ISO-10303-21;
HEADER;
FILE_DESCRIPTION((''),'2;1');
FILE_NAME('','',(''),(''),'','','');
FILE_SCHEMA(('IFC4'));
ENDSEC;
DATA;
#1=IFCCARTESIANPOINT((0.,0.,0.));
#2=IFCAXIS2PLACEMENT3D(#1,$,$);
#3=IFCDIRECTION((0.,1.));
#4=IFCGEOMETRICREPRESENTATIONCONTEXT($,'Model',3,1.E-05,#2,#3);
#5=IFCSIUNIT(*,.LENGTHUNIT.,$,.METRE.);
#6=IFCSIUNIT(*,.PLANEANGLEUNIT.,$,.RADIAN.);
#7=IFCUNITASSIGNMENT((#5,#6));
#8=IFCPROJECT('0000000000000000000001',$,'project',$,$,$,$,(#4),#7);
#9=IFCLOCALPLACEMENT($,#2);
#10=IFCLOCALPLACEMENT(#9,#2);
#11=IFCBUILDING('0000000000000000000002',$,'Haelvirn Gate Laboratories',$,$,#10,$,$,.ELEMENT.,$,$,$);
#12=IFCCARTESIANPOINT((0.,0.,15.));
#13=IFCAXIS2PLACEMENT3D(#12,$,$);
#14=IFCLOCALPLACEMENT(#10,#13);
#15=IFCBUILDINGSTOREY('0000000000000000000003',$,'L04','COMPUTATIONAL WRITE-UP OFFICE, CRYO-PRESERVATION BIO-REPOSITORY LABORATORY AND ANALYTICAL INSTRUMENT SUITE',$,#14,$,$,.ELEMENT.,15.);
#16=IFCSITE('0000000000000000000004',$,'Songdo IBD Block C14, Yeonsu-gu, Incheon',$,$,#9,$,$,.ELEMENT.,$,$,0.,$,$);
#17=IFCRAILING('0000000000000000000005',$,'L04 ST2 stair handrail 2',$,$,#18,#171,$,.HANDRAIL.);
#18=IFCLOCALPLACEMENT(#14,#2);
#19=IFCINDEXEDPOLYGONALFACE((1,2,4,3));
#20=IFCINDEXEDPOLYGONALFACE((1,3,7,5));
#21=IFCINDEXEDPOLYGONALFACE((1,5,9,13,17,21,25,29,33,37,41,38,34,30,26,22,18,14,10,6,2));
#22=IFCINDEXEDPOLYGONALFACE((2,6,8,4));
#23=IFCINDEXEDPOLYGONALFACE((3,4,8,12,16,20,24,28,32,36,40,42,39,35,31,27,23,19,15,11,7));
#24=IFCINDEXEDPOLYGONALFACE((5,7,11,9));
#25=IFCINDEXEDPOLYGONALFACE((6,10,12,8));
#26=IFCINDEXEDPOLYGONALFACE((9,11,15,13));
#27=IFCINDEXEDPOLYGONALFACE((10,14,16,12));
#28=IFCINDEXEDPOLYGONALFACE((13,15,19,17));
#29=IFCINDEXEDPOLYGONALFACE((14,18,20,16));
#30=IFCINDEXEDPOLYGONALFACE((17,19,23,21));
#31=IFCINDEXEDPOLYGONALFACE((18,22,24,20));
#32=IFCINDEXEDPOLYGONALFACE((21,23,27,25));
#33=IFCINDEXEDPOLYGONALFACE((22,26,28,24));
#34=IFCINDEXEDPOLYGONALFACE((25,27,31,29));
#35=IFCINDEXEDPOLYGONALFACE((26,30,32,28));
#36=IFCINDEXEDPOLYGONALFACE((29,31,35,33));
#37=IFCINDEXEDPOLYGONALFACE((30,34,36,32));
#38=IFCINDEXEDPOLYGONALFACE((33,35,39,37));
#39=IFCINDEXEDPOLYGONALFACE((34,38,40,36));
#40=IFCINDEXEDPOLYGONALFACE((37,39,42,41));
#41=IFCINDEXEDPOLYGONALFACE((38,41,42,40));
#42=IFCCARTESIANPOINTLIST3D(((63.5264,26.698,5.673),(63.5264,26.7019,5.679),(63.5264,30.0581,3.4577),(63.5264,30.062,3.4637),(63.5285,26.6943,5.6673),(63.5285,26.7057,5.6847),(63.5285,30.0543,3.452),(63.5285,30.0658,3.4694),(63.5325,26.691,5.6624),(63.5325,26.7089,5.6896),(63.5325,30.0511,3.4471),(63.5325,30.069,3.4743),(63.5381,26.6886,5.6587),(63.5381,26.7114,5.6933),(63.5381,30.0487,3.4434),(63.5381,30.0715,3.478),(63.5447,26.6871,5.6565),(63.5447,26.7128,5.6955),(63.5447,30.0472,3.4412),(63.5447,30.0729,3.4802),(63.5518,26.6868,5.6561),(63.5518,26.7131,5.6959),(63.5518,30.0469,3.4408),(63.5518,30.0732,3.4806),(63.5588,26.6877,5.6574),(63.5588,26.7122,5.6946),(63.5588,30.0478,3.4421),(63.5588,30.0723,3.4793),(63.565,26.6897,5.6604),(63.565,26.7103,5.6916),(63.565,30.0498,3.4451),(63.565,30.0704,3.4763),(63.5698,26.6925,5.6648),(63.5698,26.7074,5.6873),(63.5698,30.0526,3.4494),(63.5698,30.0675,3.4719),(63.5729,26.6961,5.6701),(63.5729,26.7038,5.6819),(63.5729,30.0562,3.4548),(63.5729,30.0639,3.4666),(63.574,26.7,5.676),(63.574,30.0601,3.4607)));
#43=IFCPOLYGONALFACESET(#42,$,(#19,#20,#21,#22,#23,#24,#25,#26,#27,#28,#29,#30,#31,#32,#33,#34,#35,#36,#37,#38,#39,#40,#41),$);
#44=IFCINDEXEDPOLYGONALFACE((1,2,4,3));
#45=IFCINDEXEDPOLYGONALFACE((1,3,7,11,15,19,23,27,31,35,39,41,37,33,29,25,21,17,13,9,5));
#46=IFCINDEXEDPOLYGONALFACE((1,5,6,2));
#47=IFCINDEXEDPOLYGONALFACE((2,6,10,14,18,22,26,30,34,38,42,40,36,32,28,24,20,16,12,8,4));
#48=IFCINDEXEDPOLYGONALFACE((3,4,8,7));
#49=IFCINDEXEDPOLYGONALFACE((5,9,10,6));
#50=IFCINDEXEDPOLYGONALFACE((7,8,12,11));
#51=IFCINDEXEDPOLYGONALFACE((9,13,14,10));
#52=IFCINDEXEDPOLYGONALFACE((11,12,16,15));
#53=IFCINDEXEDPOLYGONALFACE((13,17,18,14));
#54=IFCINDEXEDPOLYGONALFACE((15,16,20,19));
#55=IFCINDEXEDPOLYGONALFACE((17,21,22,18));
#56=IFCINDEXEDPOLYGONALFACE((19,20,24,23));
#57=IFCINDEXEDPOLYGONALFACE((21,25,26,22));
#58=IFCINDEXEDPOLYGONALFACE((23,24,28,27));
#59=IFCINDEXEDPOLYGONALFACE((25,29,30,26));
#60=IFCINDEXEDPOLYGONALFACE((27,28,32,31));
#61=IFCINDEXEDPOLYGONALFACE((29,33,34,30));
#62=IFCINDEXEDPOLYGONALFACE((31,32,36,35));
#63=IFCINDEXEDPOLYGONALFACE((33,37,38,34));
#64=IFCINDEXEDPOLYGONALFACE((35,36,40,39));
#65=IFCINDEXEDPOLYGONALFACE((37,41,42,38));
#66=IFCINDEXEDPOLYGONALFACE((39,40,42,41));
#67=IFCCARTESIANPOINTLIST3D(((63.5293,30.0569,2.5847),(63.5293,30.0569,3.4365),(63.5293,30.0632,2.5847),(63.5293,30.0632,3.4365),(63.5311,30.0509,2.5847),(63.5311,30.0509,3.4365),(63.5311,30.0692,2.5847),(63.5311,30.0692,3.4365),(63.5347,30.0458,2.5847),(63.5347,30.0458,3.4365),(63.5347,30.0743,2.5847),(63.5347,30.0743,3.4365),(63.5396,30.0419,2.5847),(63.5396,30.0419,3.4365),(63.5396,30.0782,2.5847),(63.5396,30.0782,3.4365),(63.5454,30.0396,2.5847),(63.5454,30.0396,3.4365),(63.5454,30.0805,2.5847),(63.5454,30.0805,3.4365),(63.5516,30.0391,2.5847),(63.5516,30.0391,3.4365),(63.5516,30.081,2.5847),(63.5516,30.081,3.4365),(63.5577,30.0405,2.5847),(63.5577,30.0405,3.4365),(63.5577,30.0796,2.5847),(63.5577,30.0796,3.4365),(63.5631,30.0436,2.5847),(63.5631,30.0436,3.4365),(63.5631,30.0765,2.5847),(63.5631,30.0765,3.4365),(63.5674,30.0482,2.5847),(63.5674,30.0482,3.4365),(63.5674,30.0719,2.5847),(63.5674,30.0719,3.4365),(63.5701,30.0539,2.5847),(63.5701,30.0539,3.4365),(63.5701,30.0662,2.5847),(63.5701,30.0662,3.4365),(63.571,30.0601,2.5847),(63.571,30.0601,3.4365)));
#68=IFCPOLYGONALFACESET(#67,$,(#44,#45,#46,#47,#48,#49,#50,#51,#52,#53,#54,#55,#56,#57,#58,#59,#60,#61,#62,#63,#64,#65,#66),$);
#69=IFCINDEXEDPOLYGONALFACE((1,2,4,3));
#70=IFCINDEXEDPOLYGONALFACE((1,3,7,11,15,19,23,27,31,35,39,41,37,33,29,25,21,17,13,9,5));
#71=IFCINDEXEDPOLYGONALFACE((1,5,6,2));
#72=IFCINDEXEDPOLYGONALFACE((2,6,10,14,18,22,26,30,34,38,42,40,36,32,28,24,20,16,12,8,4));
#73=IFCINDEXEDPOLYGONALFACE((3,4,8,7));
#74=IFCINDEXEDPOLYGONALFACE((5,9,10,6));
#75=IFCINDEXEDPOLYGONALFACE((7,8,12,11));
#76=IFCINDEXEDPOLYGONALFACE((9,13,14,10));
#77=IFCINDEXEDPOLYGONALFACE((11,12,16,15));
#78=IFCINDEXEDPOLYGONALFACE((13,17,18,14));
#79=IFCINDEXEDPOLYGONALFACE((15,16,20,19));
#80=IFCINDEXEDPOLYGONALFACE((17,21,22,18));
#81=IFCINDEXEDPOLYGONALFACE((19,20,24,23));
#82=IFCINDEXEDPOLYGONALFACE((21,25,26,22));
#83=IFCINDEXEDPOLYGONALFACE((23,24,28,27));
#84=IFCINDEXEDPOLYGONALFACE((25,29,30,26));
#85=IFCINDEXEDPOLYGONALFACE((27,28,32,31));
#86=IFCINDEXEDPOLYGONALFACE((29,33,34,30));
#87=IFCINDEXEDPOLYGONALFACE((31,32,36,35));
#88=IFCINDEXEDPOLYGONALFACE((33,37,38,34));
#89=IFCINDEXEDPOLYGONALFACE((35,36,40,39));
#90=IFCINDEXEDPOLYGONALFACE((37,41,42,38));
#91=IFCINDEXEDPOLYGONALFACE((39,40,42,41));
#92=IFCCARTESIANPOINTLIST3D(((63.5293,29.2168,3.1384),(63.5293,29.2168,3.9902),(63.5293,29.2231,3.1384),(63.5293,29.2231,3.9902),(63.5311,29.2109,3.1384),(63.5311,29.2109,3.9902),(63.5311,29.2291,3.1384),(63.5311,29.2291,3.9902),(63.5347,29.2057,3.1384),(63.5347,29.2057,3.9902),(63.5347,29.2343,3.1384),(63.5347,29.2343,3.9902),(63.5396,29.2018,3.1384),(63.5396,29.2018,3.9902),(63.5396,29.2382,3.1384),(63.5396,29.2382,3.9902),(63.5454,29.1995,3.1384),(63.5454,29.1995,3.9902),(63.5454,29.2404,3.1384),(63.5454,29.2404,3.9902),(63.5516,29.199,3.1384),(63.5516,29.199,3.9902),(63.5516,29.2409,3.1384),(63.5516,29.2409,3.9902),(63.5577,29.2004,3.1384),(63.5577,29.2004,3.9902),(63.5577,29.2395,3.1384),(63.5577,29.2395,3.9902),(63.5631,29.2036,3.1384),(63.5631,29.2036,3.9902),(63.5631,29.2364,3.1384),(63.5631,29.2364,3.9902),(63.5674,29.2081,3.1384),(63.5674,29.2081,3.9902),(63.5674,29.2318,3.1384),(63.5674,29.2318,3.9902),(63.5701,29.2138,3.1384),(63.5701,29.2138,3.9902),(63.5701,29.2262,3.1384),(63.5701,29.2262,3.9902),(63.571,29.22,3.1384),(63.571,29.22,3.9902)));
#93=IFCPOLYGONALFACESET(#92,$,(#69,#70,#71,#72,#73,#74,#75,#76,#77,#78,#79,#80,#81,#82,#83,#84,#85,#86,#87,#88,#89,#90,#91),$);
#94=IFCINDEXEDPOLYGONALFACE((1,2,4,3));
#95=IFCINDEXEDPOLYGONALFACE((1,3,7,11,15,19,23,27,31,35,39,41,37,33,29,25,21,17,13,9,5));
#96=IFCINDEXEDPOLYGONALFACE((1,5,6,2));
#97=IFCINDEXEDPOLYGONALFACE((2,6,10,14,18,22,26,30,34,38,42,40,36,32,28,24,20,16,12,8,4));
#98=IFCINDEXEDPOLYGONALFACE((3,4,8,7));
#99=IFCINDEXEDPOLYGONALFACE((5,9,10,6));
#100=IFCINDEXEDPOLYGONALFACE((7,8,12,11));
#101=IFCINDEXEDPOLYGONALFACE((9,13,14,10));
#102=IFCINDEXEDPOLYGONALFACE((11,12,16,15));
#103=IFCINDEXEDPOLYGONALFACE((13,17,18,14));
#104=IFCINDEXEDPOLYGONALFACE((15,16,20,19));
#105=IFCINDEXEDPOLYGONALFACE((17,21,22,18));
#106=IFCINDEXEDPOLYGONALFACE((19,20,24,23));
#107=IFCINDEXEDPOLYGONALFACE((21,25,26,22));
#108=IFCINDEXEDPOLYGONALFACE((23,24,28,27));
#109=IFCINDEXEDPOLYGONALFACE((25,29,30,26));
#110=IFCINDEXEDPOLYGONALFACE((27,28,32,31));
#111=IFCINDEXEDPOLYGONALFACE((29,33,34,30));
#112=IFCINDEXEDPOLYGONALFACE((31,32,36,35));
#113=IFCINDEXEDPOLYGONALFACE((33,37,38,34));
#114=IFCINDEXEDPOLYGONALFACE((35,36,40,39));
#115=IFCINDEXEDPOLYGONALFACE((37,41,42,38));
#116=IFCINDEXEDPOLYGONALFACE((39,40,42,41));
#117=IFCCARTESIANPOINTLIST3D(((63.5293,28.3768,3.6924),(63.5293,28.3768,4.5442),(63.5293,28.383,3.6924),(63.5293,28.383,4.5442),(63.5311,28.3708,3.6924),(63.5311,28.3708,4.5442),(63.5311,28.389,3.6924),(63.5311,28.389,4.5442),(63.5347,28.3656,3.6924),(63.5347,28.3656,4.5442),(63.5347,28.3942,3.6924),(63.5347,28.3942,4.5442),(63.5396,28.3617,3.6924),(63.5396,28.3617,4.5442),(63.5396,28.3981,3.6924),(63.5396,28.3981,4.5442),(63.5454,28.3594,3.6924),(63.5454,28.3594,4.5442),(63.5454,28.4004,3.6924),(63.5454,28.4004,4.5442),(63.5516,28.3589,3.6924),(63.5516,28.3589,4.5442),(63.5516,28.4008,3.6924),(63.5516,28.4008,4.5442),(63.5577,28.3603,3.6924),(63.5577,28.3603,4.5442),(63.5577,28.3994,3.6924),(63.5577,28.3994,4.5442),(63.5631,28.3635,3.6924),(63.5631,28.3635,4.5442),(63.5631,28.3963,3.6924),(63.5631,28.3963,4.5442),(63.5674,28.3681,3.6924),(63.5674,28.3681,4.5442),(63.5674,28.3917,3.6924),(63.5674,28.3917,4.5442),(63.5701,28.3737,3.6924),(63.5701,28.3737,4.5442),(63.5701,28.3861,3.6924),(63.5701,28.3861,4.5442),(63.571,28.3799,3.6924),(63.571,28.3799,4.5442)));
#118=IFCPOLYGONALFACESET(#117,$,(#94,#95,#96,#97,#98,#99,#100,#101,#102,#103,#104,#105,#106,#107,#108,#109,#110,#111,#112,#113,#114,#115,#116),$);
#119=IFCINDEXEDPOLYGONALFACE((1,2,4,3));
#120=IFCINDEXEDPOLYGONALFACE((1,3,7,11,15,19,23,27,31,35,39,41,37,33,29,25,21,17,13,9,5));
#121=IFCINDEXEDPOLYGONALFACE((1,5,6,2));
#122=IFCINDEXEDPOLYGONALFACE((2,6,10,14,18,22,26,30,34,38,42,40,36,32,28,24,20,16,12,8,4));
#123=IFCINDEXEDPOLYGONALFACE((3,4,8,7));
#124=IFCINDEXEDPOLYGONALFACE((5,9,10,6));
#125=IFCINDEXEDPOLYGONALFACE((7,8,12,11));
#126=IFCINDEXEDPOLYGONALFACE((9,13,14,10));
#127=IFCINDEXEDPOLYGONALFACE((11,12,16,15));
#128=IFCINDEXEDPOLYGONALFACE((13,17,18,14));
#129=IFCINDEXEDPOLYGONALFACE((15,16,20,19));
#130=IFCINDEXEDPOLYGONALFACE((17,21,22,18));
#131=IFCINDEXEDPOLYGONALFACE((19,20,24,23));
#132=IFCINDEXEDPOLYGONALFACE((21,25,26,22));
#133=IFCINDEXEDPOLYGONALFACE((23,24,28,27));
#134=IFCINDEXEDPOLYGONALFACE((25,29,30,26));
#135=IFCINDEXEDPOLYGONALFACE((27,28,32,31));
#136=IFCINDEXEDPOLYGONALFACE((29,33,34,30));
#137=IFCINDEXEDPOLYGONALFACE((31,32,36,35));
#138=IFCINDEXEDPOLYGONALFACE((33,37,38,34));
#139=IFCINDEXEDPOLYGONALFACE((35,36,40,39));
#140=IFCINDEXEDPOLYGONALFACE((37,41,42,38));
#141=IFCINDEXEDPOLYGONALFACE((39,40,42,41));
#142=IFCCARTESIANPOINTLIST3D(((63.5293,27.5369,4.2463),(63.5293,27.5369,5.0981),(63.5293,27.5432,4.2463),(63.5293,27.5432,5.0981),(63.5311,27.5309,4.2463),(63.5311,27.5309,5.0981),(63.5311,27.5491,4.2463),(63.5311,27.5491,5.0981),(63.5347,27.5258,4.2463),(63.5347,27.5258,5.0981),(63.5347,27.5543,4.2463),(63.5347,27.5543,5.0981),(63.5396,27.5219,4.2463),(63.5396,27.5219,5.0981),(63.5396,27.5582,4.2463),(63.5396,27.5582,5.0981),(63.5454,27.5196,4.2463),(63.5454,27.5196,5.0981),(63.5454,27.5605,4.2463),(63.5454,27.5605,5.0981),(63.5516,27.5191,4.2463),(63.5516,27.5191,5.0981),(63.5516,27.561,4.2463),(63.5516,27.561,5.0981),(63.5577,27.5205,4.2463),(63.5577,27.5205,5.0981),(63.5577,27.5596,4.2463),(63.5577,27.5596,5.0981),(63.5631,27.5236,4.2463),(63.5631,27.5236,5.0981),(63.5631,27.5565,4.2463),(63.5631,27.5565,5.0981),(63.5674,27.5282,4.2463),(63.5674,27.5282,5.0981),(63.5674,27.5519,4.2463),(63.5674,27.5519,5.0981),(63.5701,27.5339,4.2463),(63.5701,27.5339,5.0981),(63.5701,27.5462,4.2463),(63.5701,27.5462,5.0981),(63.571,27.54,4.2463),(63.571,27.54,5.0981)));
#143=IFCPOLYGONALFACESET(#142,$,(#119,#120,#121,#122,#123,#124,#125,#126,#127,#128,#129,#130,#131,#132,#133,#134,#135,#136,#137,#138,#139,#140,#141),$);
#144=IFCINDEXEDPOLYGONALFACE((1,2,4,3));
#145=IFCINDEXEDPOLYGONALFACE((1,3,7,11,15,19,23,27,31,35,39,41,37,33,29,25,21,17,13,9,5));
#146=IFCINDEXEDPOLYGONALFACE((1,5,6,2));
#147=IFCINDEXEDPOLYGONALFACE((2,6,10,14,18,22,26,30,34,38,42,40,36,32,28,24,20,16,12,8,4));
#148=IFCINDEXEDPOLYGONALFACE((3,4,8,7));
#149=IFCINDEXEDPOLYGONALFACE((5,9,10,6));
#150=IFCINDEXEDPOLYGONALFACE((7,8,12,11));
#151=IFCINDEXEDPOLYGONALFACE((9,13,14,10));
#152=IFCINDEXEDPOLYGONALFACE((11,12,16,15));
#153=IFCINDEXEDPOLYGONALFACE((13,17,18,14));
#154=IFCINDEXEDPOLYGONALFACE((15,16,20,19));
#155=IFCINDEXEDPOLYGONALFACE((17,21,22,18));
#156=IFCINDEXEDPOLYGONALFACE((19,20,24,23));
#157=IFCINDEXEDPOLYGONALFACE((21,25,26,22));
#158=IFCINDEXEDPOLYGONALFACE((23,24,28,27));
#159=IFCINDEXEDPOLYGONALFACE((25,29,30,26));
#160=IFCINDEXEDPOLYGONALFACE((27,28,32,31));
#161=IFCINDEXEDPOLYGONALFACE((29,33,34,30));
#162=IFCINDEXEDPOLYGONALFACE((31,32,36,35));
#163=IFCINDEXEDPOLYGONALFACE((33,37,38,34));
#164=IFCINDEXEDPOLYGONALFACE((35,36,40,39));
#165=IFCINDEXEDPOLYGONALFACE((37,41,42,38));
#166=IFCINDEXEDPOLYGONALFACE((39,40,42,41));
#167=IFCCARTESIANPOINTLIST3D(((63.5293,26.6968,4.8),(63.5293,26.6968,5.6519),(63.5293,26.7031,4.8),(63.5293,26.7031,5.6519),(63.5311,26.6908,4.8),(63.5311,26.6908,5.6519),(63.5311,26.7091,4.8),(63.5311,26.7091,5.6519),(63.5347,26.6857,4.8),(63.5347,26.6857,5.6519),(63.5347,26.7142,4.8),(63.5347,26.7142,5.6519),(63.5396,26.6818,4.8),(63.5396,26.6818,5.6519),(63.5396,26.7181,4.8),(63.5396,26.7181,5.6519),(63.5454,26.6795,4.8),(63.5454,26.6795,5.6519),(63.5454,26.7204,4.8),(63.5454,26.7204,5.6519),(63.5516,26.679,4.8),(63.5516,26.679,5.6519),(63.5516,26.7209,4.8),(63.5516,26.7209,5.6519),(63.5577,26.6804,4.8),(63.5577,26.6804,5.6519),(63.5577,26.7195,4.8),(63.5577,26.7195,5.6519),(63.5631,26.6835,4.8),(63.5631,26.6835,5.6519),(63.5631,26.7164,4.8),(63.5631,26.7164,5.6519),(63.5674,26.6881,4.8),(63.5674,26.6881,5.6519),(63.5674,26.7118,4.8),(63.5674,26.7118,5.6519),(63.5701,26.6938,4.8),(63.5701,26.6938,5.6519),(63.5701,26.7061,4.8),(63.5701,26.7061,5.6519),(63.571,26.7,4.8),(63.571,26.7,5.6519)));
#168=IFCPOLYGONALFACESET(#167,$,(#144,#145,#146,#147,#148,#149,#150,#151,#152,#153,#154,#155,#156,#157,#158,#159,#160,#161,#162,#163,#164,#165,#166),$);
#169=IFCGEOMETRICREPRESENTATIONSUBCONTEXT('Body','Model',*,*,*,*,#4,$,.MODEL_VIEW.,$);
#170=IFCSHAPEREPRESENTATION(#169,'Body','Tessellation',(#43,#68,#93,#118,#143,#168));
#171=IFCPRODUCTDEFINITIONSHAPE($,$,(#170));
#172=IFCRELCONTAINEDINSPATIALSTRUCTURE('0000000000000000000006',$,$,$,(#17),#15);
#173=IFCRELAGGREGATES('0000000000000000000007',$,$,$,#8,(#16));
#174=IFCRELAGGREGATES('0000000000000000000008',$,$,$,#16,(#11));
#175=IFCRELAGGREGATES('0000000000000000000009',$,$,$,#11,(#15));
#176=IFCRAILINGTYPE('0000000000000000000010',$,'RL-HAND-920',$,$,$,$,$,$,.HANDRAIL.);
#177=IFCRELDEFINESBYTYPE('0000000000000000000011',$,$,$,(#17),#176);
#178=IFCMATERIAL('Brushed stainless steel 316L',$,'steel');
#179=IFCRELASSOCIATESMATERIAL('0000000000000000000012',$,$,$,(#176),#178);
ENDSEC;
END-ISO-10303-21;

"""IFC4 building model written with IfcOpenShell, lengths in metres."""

from ifc_helpers import new_model, si_unit, direction, frame, origin, origin_2d, place, context, subcontext, project, spatial, circle, extrude, source, transform, mapped, material, type_object, element, save


model = new_model("IFC4")

# Units and contexts
model_context = context("Model", 3, precision=1e-05, world=origin(), true_north=direction((0.0, 1.0)))
body_context = subcontext(model_context, "Body", "Model", "MODEL_VIEW")
ifc_project = project(units=[si_unit("LENGTHUNIT", "METRE"), si_unit("PLANEANGLEUNIT", "RADIAN")], contexts=[model_context])

# Site, building, storey
site_placement = place(None, origin())
site = spatial("IfcSite", under=ifc_project, at=site_placement, Name="Songdo IBD Block C14, Yeonsu-gu, Incheon", CompositionType="ELEMENT", RefElevation=0.0)
building_placement = place(site_placement, origin())
building = spatial("IfcBuilding", under=site, at=building_placement, Name="Haelvirn Gate Laboratories", CompositionType="ELEMENT")
storey_placement = place(building_placement, frame((0.0, 0.0, 15.0)))
storey = spatial("IfcBuildingStorey", under=building, at=storey_placement, Name="L04", Description="COMPUTATIONAL WRITE-UP OFFICE, CRYO-PRESERVATION BIO-REPOSITORY LABORATORY AND ANALYTICAL INSTRUMENT SUITE", CompositionType="ELEMENT", Elevation=15.0)

# Railing
ifc_material_1 = material(Name="Brushed stainless steel 316L", Category="steel")
railing_type_1 = type_object("IfcRailingType", Name="RL-HAND-920", PredefinedType="HANDRAIL", material=ifc_material_1)
shared_shape_1 = source(origin(), body_context, "Body", "SweptSolid", [
    extrude(circle(Radius=0.0239, at=origin_2d()), frame((0.0, 0.0, 0.876), z_axis=(0.0, -0.834876, 0.550437), x_axis=(1.0, 0.0, 0.0)), (0.0, 0.0, 1.0), 4.0247),
    extrude(circle(Radius=0.021, at=origin_2d()), origin(), (0.0, 0.0, 1.0), 0.8518),
    extrude(circle(Radius=0.021, at=origin_2d()), frame((0.0, -0.8401, 0.5537)), (0.0, 0.0, 1.0), 0.8518),
    extrude(circle(Radius=0.021, at=origin_2d()), frame((0.0, -1.6802, 1.1077)), (0.0, 0.0, 1.0), 0.8518),
    extrude(circle(Radius=0.021, at=origin_2d()), frame((0.0, -2.52, 1.6616)), (0.0, 0.0, 1.0), 0.8518),
    extrude(circle(Radius=0.021, at=origin_2d()), frame((0.0, -3.3601, 2.2153)), (0.0, 0.0, 1.0), 0.8518),
])
railing_1_placement = place(storey_placement, frame((63.55, 30.0601, 2.5847)))
element("IfcRailing", 1, at=railing_1_placement, inside=storey, type_object=railing_type_1, Name="L04 ST2 stair handrail 2", PredefinedType="HANDRAIL", context=body_context, shape_type="MappedRepresentation", body=[
    mapped(shared_shape_1, transform((0.0, 0.0, 0.0), scale=1.0)),
])

save(model, "model.ifc")
